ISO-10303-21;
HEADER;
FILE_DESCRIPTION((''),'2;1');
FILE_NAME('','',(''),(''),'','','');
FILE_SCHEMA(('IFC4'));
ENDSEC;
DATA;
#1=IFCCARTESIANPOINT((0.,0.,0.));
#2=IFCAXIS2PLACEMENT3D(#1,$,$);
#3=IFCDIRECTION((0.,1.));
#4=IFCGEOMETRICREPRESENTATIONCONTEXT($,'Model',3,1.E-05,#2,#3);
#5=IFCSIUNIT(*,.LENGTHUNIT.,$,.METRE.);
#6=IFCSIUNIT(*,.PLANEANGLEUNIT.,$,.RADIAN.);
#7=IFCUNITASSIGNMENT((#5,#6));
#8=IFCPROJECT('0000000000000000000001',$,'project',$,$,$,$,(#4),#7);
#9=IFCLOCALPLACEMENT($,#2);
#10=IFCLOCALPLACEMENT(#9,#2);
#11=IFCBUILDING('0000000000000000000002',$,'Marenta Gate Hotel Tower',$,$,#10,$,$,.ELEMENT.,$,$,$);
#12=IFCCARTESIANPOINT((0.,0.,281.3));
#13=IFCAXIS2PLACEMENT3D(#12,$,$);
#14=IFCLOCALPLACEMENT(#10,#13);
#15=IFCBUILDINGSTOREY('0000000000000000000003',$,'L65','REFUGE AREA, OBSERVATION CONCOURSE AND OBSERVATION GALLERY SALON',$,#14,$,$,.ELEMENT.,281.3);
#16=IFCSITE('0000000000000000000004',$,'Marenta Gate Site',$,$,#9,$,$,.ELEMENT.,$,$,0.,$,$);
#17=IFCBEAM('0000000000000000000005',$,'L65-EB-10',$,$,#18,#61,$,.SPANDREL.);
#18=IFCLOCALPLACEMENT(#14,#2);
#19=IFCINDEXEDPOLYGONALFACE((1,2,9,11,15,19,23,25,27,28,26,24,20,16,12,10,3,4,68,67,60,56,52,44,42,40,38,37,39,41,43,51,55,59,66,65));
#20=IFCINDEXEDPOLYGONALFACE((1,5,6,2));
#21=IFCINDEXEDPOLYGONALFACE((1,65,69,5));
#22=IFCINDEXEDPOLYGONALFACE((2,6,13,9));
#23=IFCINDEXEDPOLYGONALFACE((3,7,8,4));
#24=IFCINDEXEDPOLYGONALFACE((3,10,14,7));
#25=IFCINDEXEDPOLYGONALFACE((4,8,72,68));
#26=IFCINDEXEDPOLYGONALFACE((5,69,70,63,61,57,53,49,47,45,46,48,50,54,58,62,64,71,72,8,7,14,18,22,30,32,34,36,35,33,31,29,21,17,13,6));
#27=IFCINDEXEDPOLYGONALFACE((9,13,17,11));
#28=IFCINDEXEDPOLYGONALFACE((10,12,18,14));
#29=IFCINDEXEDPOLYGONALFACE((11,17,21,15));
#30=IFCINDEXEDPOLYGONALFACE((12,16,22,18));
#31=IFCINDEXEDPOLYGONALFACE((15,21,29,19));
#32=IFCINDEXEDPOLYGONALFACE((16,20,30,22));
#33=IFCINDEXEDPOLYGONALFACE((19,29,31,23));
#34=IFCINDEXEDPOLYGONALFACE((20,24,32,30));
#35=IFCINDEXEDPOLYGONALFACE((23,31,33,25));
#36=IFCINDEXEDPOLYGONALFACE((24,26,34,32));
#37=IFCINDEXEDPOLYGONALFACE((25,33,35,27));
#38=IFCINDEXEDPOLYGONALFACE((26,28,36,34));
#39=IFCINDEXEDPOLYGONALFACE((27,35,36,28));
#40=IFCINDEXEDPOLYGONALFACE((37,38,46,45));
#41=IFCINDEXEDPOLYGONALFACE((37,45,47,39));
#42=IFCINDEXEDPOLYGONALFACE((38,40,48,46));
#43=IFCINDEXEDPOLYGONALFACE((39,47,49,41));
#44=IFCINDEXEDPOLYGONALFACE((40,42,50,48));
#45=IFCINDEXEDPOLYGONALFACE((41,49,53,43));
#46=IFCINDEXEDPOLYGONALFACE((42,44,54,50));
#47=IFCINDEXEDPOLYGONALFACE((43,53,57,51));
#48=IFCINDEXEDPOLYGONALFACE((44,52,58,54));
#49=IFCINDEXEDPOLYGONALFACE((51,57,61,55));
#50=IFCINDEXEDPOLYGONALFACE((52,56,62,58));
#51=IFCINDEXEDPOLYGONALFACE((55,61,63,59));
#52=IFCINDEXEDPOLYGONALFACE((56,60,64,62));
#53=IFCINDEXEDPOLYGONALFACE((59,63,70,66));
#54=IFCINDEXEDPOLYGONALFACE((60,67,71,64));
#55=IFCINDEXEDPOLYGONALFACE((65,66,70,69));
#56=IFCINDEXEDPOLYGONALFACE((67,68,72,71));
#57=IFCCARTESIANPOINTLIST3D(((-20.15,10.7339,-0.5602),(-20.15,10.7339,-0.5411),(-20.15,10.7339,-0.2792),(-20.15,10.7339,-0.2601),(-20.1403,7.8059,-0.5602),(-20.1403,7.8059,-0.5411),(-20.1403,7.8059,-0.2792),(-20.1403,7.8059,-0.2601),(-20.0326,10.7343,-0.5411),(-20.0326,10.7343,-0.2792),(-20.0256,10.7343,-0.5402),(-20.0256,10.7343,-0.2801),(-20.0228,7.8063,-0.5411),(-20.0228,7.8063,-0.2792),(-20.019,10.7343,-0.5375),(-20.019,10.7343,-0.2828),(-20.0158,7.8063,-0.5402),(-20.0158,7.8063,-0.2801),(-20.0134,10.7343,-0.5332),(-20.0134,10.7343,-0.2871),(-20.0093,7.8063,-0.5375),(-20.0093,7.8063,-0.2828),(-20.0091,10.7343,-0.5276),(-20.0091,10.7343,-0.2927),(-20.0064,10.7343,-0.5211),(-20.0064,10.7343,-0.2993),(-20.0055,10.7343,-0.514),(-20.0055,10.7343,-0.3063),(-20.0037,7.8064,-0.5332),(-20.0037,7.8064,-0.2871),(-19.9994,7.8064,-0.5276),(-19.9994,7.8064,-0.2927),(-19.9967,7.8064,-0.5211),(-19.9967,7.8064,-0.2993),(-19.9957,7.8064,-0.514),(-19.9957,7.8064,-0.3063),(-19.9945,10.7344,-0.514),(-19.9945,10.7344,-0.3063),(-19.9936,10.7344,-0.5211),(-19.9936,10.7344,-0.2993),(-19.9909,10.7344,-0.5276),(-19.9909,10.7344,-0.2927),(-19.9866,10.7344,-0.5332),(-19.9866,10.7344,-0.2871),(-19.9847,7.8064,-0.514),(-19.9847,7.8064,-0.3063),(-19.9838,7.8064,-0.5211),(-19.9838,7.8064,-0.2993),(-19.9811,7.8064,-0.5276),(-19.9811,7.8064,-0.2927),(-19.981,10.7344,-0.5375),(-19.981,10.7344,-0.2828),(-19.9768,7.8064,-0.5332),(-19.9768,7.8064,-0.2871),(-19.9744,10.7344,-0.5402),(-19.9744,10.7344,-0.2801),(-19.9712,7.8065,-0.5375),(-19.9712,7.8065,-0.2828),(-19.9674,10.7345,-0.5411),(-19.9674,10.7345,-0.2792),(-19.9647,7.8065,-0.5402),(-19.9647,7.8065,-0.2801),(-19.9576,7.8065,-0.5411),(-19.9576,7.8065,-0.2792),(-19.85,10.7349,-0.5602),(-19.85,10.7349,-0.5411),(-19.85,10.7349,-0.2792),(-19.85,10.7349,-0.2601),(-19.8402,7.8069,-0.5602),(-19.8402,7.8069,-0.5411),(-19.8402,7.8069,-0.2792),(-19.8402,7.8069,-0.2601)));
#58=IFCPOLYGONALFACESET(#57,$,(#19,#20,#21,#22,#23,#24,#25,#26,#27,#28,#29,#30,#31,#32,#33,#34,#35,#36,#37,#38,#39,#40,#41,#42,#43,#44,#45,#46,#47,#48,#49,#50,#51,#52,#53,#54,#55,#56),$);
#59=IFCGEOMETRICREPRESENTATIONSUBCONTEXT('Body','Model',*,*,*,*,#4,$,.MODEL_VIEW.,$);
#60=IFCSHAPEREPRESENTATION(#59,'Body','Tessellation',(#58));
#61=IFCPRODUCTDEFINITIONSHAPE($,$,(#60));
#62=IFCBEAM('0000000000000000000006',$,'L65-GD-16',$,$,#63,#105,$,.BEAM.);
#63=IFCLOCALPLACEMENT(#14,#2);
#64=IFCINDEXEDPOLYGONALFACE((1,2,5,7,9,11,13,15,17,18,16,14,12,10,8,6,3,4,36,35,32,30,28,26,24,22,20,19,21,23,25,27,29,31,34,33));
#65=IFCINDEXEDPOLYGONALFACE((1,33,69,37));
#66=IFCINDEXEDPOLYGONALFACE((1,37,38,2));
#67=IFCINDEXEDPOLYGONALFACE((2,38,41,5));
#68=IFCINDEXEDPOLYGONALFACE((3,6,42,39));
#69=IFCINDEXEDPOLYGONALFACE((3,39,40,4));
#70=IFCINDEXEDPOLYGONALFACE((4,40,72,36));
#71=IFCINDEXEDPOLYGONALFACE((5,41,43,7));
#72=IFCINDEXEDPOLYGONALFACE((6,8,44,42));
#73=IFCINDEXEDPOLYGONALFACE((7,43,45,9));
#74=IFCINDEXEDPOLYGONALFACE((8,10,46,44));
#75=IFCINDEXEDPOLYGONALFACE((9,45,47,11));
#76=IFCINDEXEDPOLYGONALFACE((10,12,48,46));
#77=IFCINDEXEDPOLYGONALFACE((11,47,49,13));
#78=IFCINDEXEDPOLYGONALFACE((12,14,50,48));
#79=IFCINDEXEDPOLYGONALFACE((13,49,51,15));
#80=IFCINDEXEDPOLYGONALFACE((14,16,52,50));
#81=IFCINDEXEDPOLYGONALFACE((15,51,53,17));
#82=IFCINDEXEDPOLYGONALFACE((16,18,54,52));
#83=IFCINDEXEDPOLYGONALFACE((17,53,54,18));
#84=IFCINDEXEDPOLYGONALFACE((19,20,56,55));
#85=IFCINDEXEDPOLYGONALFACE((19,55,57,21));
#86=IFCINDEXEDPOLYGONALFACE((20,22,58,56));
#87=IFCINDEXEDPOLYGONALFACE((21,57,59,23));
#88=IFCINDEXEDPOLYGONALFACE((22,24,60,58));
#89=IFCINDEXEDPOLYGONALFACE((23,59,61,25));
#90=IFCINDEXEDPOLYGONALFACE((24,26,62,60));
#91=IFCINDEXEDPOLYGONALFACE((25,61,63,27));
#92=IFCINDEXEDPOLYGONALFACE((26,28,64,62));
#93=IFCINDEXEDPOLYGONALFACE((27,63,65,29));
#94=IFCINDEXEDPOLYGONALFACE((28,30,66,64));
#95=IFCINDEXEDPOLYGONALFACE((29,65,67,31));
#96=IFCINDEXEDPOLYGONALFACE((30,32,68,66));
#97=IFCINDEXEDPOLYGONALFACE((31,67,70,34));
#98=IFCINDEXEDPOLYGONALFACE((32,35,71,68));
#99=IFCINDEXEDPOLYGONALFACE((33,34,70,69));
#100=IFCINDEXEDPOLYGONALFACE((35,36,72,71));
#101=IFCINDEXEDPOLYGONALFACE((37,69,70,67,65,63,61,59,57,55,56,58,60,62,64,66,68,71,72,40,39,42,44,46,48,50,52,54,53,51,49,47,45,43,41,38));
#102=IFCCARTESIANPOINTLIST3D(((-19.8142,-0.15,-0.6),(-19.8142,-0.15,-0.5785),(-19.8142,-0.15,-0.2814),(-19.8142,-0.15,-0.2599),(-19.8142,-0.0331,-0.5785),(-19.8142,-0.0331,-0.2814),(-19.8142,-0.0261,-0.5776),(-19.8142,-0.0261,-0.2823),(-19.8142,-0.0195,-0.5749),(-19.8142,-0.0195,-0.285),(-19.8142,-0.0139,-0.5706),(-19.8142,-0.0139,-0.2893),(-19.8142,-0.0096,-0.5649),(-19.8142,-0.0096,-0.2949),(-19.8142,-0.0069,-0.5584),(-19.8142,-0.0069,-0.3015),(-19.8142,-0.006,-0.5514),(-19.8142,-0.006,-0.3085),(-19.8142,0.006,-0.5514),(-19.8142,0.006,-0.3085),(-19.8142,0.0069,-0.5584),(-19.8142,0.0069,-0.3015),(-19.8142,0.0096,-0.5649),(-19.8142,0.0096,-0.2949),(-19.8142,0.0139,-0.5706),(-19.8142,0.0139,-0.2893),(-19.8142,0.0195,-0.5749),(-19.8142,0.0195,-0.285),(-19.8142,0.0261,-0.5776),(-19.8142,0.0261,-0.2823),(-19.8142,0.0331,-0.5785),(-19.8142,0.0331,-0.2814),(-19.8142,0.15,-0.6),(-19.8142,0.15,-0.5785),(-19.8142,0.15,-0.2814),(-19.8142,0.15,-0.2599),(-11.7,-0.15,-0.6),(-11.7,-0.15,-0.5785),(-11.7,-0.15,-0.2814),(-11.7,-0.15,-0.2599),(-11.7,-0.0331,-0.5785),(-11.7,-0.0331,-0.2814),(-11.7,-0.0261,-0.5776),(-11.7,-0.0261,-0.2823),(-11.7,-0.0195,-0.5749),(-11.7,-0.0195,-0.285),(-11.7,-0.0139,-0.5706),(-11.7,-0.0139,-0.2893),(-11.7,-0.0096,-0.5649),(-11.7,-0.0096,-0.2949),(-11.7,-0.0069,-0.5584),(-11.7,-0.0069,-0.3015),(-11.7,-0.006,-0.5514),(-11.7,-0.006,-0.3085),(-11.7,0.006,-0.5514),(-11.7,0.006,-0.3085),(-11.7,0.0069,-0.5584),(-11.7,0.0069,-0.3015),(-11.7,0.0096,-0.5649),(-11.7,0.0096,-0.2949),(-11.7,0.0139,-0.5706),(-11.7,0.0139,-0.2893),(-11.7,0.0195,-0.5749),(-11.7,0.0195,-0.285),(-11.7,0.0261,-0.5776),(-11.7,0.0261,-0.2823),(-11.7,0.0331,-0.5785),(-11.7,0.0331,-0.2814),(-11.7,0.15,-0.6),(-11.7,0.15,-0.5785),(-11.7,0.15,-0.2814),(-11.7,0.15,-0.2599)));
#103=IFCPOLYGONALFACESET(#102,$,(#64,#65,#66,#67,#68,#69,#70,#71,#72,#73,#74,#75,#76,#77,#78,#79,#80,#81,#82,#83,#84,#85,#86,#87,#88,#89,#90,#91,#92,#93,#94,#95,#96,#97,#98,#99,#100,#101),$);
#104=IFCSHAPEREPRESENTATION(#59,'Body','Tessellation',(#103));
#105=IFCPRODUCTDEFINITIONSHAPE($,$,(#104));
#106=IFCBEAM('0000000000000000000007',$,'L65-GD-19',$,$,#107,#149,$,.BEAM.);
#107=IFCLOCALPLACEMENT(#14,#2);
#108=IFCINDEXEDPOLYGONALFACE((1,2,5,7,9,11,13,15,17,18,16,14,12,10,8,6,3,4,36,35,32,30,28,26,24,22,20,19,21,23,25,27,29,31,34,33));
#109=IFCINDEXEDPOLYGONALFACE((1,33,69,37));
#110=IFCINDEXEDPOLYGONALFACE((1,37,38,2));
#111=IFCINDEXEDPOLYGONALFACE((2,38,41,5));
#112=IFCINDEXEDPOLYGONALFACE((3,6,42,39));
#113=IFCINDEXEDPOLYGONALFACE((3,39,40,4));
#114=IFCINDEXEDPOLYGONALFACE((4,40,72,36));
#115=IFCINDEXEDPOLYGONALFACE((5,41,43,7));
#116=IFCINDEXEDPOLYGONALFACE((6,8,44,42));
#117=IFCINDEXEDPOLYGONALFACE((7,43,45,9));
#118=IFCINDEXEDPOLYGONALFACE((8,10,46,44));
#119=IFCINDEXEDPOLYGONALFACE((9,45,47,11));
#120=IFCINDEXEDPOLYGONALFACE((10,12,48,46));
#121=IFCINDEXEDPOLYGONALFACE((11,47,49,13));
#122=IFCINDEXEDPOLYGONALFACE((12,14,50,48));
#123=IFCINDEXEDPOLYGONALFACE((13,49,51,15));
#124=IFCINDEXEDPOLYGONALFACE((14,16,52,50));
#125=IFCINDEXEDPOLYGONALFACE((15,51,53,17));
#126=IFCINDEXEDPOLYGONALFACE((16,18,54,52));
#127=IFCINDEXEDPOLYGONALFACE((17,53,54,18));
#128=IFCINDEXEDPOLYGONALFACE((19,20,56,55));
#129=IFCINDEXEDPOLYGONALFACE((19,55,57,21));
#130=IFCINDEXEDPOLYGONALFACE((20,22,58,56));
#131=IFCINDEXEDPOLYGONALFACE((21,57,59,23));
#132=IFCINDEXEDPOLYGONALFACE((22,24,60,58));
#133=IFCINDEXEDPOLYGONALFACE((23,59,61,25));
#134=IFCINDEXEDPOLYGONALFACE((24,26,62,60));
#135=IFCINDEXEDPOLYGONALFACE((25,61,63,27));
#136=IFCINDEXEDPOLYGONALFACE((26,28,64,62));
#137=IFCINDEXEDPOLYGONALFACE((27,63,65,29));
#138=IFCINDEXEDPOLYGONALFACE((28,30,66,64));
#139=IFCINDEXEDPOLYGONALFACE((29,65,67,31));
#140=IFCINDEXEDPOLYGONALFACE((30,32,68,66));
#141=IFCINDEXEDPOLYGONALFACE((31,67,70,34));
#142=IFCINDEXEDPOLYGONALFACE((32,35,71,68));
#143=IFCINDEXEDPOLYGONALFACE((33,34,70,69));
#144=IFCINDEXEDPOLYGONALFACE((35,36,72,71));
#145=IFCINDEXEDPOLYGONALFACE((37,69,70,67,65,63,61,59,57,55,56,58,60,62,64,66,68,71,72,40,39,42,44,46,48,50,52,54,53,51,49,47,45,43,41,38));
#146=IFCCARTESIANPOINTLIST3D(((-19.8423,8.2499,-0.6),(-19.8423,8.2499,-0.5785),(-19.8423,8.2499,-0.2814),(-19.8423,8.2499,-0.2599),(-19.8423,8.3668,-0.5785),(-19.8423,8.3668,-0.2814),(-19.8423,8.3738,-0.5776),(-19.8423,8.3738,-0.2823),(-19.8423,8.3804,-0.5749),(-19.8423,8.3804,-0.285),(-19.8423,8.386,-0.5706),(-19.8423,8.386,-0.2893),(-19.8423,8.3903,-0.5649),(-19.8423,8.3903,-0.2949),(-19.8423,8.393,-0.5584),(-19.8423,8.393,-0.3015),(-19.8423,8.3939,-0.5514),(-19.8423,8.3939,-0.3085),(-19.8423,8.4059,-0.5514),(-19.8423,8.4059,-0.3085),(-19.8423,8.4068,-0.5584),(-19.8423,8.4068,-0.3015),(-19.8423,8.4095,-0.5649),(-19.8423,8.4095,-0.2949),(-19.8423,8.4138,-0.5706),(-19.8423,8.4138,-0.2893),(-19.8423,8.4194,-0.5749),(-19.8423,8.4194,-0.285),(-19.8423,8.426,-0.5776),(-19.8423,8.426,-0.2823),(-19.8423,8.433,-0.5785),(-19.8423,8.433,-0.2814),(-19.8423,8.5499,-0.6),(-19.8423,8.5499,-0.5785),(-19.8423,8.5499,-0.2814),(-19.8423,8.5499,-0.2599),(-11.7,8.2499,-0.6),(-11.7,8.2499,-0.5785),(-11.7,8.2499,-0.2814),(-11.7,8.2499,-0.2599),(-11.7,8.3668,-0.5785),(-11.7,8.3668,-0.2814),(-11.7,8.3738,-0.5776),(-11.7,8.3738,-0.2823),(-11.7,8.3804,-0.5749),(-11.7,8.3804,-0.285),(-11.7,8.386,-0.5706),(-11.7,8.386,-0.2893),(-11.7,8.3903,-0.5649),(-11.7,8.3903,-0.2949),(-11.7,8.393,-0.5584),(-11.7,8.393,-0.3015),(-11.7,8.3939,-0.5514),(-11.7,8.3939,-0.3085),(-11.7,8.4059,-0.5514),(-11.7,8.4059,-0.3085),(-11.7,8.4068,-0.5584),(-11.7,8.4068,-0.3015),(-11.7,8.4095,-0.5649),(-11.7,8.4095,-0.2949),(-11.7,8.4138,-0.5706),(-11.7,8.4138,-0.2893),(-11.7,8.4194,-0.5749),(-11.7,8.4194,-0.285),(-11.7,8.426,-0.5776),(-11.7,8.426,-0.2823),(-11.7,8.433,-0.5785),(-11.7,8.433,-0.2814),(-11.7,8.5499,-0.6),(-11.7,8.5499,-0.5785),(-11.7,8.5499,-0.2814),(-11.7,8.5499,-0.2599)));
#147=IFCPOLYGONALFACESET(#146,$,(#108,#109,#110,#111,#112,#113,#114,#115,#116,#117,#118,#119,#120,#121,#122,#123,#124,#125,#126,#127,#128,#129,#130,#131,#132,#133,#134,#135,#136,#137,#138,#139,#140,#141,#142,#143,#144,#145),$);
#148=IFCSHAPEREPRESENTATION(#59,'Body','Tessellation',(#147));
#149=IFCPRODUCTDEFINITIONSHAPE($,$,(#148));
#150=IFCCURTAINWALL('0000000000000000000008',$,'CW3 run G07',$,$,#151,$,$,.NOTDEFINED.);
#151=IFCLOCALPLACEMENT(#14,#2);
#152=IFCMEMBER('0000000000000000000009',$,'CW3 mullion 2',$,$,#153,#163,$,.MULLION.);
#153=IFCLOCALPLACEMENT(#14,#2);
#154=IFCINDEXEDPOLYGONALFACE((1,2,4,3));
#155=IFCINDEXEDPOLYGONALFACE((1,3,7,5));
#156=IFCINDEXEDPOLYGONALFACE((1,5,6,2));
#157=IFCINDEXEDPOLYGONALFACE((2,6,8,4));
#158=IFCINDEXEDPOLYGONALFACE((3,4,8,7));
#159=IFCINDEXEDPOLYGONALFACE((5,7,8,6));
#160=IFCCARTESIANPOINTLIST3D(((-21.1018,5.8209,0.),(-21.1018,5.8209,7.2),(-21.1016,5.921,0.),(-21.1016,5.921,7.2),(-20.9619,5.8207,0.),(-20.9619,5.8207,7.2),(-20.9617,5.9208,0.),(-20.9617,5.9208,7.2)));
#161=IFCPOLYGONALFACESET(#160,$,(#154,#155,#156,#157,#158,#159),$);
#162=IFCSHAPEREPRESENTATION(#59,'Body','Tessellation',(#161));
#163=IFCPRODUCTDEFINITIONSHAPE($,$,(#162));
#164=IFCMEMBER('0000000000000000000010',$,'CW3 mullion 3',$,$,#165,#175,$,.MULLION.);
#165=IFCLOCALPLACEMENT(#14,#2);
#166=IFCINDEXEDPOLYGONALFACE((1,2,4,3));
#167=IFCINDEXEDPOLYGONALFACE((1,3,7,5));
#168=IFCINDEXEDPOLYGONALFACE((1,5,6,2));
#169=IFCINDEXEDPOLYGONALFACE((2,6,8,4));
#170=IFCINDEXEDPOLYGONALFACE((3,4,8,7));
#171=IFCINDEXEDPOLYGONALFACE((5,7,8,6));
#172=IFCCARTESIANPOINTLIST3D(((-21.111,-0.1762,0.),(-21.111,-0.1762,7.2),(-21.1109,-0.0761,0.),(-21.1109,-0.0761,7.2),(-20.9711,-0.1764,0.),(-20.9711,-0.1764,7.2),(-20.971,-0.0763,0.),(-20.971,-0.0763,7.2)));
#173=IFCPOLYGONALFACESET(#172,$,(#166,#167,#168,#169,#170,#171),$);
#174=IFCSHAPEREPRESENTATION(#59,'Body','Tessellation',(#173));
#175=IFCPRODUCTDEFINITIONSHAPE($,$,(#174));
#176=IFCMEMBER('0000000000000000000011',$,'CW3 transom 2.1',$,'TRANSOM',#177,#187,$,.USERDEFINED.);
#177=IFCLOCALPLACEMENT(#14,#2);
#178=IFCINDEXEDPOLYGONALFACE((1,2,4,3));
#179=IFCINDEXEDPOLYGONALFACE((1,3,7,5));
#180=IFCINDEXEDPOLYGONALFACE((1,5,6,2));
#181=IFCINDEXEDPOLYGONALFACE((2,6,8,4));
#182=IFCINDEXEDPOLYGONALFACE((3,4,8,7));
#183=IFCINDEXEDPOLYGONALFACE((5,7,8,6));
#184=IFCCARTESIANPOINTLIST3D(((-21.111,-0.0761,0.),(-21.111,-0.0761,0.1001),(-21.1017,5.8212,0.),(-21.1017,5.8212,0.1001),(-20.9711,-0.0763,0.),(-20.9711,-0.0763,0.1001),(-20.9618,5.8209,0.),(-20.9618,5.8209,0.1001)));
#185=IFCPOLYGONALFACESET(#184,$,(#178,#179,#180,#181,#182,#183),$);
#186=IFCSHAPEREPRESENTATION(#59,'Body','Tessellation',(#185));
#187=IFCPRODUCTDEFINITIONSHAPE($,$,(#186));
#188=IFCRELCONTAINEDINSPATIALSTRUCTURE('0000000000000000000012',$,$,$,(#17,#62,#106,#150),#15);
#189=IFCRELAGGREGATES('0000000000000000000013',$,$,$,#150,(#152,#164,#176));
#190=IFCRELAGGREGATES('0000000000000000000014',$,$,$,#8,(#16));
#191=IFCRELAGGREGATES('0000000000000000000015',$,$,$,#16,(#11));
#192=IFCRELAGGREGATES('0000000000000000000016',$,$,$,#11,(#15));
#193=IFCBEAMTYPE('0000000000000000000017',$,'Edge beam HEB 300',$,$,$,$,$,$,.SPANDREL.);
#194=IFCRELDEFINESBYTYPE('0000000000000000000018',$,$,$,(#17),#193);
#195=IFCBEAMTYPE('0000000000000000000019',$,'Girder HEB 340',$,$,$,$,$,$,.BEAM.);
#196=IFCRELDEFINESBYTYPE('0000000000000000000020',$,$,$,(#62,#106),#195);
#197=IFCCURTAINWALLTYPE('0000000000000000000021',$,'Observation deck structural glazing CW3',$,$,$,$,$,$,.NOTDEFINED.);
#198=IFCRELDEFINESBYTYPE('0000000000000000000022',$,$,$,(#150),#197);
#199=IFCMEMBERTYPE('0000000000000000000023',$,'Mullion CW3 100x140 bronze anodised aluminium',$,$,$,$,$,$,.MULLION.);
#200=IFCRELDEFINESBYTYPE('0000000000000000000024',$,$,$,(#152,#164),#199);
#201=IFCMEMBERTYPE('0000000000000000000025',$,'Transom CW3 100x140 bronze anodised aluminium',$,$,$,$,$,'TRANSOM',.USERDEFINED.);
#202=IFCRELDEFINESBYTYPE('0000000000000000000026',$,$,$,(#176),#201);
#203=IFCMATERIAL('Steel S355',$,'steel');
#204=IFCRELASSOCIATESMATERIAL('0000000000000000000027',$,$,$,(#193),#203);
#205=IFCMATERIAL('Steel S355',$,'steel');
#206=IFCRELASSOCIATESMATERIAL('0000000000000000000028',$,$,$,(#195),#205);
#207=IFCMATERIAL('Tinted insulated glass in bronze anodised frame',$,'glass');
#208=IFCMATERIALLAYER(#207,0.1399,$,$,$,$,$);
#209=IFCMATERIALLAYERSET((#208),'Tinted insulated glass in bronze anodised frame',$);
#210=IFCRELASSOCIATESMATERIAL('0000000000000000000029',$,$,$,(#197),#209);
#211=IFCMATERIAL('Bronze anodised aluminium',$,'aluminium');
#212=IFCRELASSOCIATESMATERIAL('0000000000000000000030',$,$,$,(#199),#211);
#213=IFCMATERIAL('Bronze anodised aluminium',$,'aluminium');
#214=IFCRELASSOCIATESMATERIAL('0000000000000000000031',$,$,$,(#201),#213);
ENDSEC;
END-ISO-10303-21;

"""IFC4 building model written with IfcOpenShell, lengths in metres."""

from ifc_helpers import new_model, si_unit, direction, frame, origin, origin_2d, place, context, subcontext, project, spatial, rectangle, i_section, extrude, material, layer, layer_set, material_profile, profile_set, type_object, element, aggregate, save


model = new_model("IFC4")

# Units and contexts
model_context = context("Model", 3, precision=1e-05, world=origin(), true_north=direction((0.0, 1.0)))
body_context = subcontext(model_context, "Body", "Model", "MODEL_VIEW")
ifc_project = project(units=[si_unit("LENGTHUNIT", "METRE"), si_unit("PLANEANGLEUNIT", "RADIAN")], contexts=[model_context])

# Site, building, storey
site_placement = place(None, origin())
site = spatial("IfcSite", under=ifc_project, at=site_placement, Name="Marenta Gate Site", CompositionType="ELEMENT", RefElevation=0.0)
building_placement = place(site_placement, origin())
building = spatial("IfcBuilding", under=site, at=building_placement, Name="Marenta Gate Hotel Tower", CompositionType="ELEMENT")
storey_placement = place(building_placement, frame((0.0, 0.0, 281.3)))
storey = spatial("IfcBuildingStorey", under=building, at=storey_placement, Name="L65", Description="REFUGE AREA, OBSERVATION CONCOURSE AND OBSERVATION GALLERY SALON", CompositionType="ELEMENT", Elevation=281.3)

# Beams
ifc_material_1 = material(Name="Steel S355", Category="steel")
ifc_material_profile_1 = material_profile(ifc_material_1, i_section(OverallWidth=0.3, OverallDepth=0.3, WebThickness=0.011, FlangeThickness=0.019, FilletRadius=0.0271, at=origin_2d()), Name="HEB 300")
ifc_profile_set_1 = profile_set([ifc_material_profile_1], Name="Steel S355")
beam_type_1 = type_object("IfcBeamType", Name="Edge beam HEB 300", PredefinedType="SPANDREL", material=ifc_profile_set_1)
beam_1_placement = place(storey_placement, frame((-19.9902, 7.8064, -0.4102), z_axis=(-0.003335, 0.999994, 0.0), x_axis=(-0.999994, -0.003335, 0.0)))
element("IfcBeam", 1, at=beam_1_placement, inside=storey, type_object=beam_type_1, Name="L65-EB-10", PredefinedType="SPANDREL", context=body_context, shape_type="SweptSolid", body=[
    extrude(i_section(OverallWidth=0.3, OverallDepth=0.3, WebThickness=0.011, FlangeThickness=0.019, FilletRadius=0.0271, at=origin_2d()), origin(), (0.0, 0.0, 1.0), 2.928),
])
ifc_material_2 = material(Name="Steel S355", Category="steel")
ifc_material_profile_2 = material_profile(ifc_material_2, i_section(OverallWidth=0.3, OverallDepth=0.3401, WebThickness=0.012, FlangeThickness=0.0215, FilletRadius=0.0271, at=origin_2d()), Name="HEB 340")
ifc_profile_set_2 = profile_set([ifc_material_profile_2], Name="Steel S355")
beam_type_2 = type_object("IfcBeamType", Name="Girder HEB 340", PredefinedType="BEAM", material=ifc_profile_set_2)
beam_2_placement = place(storey_placement, frame((-19.8142, 0.0, -0.4299), z_axis=(1.0, 0.0, 0.0), x_axis=(0.0, 1.0, 0.0)))
element("IfcBeam", 2, at=beam_2_placement, inside=storey, type_object=beam_type_2, Name="L65-GD-16", PredefinedType="BEAM", context=body_context, shape_type="SweptSolid", body=[
    extrude(i_section(OverallWidth=0.3, OverallDepth=0.3401, WebThickness=0.012, FlangeThickness=0.0215, FilletRadius=0.0271, at=origin_2d()), origin(), (0.0, 0.0, 1.0), 8.1143),
])
beam_3_placement = place(storey_placement, frame((-19.8423, 8.3999, -0.4299), z_axis=(1.0, 0.0, 0.0), x_axis=(0.0, 1.0, 0.0)))
element("IfcBeam", 3, at=beam_3_placement, inside=storey, type_object=beam_type_2, Name="L65-GD-19", PredefinedType="BEAM", context=body_context, shape_type="SweptSolid", body=[
    extrude(i_section(OverallWidth=0.3, OverallDepth=0.3401, WebThickness=0.012, FlangeThickness=0.0215, FilletRadius=0.0271, at=origin_2d()), origin(), (0.0, 0.0, 1.0), 8.1423),
])

# Curtain wall, members
ifc_material_3 = material(Name="Tinted insulated glass in bronze anodised frame", Category="glass")
ifc_layer_1 = layer(ifc_material_3, 0.1399)
ifc_layer_set_1 = layer_set([ifc_layer_1], Name="Tinted insulated glass in bronze anodised frame")
curtain_wall_type = type_object("IfcCurtainWallType", Name="Observation deck structural glazing CW3", PredefinedType="NOTDEFINED", material=ifc_layer_set_1)
curtain_wall_placement = place(storey_placement, origin())
curtain_wall = element("IfcCurtainWall", 4, at=curtain_wall_placement, inside=storey, type_object=curtain_wall_type, Name="CW3 run G07", PredefinedType="NOTDEFINED")
ifc_material_4 = material(Name="Bronze anodised aluminium", Category="aluminium")
ifc_material_profile_3 = material_profile(ifc_material_4, rectangle(XDim=0.1399, YDim=0.1001, at=origin_2d()), Name="Mullion CW3 100x140 bronze anodised aluminium")
ifc_profile_set_3 = profile_set([ifc_material_profile_3], Name="Bronze anodised aluminium")
member_type_1 = type_object("IfcMemberType", Name="Mullion CW3 100x140 bronze anodised aluminium", PredefinedType="MULLION", material=ifc_profile_set_3)
member_1_placement = place(storey_placement, frame((-21.0317, 5.8708, 0.0), z_axis=(0.0, 0.0, 1.0), x_axis=(0.999999, -0.001567, 0.0)))
member_1 = element("IfcMember", 5, at=member_1_placement, type_object=member_type_1, Name="CW3 mullion 2", PredefinedType="MULLION", context=body_context, shape_type="SweptSolid", body=[
    extrude(rectangle(XDim=0.1399, YDim=0.1001, at=origin_2d()), origin(), (0.0, 0.0, 1.0), 7.2),
])
member_2_placement = place(storey_placement, frame((-21.041, -0.1262, 0.0), z_axis=(0.0, 0.0, 1.0), x_axis=(0.999999, -0.001567, 0.0)))
member_2 = element("IfcMember", 6, at=member_2_placement, type_object=member_type_1, Name="CW3 mullion 3", PredefinedType="MULLION", context=body_context, shape_type="SweptSolid", body=[
    extrude(rectangle(XDim=0.1399, YDim=0.1001, at=origin_2d()), origin(), (0.0, 0.0, 1.0), 7.2),
])
ifc_material_5 = material(Name="Bronze anodised aluminium", Category="aluminium")
ifc_material_profile_4 = material_profile(ifc_material_5, rectangle(XDim=0.1399, YDim=0.1001, at=origin_2d()), Name="Transom CW3 100x140 bronze anodised aluminium")
ifc_profile_set_4 = profile_set([ifc_material_profile_4], Name="Bronze anodised aluminium")
member_type_2 = type_object("IfcMemberType", Name="Transom CW3 100x140 bronze anodised aluminium", ElementType="TRANSOM", PredefinedType="USERDEFINED", material=ifc_profile_set_4)
member_3_placement = place(storey_placement, frame((-21.0317, 5.821, 0.05), z_axis=(-0.001573, -0.999999, 0.0), x_axis=(0.999999, -0.001573, 0.0)))
member_3 = element("IfcMember", 7, at=member_3_placement, type_object=member_type_2, Name="CW3 transom 2.1", ObjectType="TRANSOM", PredefinedType="USERDEFINED", context=body_context, shape_type="SweptSolid", body=[
    extrude(rectangle(XDim=0.1399, YDim=0.1001, at=origin_2d()), origin(), (0.0, 0.0, 1.0), 5.8972),
])
aggregate(curtain_wall, [member_1, member_2, member_3])

save(model, "model.ifc")
